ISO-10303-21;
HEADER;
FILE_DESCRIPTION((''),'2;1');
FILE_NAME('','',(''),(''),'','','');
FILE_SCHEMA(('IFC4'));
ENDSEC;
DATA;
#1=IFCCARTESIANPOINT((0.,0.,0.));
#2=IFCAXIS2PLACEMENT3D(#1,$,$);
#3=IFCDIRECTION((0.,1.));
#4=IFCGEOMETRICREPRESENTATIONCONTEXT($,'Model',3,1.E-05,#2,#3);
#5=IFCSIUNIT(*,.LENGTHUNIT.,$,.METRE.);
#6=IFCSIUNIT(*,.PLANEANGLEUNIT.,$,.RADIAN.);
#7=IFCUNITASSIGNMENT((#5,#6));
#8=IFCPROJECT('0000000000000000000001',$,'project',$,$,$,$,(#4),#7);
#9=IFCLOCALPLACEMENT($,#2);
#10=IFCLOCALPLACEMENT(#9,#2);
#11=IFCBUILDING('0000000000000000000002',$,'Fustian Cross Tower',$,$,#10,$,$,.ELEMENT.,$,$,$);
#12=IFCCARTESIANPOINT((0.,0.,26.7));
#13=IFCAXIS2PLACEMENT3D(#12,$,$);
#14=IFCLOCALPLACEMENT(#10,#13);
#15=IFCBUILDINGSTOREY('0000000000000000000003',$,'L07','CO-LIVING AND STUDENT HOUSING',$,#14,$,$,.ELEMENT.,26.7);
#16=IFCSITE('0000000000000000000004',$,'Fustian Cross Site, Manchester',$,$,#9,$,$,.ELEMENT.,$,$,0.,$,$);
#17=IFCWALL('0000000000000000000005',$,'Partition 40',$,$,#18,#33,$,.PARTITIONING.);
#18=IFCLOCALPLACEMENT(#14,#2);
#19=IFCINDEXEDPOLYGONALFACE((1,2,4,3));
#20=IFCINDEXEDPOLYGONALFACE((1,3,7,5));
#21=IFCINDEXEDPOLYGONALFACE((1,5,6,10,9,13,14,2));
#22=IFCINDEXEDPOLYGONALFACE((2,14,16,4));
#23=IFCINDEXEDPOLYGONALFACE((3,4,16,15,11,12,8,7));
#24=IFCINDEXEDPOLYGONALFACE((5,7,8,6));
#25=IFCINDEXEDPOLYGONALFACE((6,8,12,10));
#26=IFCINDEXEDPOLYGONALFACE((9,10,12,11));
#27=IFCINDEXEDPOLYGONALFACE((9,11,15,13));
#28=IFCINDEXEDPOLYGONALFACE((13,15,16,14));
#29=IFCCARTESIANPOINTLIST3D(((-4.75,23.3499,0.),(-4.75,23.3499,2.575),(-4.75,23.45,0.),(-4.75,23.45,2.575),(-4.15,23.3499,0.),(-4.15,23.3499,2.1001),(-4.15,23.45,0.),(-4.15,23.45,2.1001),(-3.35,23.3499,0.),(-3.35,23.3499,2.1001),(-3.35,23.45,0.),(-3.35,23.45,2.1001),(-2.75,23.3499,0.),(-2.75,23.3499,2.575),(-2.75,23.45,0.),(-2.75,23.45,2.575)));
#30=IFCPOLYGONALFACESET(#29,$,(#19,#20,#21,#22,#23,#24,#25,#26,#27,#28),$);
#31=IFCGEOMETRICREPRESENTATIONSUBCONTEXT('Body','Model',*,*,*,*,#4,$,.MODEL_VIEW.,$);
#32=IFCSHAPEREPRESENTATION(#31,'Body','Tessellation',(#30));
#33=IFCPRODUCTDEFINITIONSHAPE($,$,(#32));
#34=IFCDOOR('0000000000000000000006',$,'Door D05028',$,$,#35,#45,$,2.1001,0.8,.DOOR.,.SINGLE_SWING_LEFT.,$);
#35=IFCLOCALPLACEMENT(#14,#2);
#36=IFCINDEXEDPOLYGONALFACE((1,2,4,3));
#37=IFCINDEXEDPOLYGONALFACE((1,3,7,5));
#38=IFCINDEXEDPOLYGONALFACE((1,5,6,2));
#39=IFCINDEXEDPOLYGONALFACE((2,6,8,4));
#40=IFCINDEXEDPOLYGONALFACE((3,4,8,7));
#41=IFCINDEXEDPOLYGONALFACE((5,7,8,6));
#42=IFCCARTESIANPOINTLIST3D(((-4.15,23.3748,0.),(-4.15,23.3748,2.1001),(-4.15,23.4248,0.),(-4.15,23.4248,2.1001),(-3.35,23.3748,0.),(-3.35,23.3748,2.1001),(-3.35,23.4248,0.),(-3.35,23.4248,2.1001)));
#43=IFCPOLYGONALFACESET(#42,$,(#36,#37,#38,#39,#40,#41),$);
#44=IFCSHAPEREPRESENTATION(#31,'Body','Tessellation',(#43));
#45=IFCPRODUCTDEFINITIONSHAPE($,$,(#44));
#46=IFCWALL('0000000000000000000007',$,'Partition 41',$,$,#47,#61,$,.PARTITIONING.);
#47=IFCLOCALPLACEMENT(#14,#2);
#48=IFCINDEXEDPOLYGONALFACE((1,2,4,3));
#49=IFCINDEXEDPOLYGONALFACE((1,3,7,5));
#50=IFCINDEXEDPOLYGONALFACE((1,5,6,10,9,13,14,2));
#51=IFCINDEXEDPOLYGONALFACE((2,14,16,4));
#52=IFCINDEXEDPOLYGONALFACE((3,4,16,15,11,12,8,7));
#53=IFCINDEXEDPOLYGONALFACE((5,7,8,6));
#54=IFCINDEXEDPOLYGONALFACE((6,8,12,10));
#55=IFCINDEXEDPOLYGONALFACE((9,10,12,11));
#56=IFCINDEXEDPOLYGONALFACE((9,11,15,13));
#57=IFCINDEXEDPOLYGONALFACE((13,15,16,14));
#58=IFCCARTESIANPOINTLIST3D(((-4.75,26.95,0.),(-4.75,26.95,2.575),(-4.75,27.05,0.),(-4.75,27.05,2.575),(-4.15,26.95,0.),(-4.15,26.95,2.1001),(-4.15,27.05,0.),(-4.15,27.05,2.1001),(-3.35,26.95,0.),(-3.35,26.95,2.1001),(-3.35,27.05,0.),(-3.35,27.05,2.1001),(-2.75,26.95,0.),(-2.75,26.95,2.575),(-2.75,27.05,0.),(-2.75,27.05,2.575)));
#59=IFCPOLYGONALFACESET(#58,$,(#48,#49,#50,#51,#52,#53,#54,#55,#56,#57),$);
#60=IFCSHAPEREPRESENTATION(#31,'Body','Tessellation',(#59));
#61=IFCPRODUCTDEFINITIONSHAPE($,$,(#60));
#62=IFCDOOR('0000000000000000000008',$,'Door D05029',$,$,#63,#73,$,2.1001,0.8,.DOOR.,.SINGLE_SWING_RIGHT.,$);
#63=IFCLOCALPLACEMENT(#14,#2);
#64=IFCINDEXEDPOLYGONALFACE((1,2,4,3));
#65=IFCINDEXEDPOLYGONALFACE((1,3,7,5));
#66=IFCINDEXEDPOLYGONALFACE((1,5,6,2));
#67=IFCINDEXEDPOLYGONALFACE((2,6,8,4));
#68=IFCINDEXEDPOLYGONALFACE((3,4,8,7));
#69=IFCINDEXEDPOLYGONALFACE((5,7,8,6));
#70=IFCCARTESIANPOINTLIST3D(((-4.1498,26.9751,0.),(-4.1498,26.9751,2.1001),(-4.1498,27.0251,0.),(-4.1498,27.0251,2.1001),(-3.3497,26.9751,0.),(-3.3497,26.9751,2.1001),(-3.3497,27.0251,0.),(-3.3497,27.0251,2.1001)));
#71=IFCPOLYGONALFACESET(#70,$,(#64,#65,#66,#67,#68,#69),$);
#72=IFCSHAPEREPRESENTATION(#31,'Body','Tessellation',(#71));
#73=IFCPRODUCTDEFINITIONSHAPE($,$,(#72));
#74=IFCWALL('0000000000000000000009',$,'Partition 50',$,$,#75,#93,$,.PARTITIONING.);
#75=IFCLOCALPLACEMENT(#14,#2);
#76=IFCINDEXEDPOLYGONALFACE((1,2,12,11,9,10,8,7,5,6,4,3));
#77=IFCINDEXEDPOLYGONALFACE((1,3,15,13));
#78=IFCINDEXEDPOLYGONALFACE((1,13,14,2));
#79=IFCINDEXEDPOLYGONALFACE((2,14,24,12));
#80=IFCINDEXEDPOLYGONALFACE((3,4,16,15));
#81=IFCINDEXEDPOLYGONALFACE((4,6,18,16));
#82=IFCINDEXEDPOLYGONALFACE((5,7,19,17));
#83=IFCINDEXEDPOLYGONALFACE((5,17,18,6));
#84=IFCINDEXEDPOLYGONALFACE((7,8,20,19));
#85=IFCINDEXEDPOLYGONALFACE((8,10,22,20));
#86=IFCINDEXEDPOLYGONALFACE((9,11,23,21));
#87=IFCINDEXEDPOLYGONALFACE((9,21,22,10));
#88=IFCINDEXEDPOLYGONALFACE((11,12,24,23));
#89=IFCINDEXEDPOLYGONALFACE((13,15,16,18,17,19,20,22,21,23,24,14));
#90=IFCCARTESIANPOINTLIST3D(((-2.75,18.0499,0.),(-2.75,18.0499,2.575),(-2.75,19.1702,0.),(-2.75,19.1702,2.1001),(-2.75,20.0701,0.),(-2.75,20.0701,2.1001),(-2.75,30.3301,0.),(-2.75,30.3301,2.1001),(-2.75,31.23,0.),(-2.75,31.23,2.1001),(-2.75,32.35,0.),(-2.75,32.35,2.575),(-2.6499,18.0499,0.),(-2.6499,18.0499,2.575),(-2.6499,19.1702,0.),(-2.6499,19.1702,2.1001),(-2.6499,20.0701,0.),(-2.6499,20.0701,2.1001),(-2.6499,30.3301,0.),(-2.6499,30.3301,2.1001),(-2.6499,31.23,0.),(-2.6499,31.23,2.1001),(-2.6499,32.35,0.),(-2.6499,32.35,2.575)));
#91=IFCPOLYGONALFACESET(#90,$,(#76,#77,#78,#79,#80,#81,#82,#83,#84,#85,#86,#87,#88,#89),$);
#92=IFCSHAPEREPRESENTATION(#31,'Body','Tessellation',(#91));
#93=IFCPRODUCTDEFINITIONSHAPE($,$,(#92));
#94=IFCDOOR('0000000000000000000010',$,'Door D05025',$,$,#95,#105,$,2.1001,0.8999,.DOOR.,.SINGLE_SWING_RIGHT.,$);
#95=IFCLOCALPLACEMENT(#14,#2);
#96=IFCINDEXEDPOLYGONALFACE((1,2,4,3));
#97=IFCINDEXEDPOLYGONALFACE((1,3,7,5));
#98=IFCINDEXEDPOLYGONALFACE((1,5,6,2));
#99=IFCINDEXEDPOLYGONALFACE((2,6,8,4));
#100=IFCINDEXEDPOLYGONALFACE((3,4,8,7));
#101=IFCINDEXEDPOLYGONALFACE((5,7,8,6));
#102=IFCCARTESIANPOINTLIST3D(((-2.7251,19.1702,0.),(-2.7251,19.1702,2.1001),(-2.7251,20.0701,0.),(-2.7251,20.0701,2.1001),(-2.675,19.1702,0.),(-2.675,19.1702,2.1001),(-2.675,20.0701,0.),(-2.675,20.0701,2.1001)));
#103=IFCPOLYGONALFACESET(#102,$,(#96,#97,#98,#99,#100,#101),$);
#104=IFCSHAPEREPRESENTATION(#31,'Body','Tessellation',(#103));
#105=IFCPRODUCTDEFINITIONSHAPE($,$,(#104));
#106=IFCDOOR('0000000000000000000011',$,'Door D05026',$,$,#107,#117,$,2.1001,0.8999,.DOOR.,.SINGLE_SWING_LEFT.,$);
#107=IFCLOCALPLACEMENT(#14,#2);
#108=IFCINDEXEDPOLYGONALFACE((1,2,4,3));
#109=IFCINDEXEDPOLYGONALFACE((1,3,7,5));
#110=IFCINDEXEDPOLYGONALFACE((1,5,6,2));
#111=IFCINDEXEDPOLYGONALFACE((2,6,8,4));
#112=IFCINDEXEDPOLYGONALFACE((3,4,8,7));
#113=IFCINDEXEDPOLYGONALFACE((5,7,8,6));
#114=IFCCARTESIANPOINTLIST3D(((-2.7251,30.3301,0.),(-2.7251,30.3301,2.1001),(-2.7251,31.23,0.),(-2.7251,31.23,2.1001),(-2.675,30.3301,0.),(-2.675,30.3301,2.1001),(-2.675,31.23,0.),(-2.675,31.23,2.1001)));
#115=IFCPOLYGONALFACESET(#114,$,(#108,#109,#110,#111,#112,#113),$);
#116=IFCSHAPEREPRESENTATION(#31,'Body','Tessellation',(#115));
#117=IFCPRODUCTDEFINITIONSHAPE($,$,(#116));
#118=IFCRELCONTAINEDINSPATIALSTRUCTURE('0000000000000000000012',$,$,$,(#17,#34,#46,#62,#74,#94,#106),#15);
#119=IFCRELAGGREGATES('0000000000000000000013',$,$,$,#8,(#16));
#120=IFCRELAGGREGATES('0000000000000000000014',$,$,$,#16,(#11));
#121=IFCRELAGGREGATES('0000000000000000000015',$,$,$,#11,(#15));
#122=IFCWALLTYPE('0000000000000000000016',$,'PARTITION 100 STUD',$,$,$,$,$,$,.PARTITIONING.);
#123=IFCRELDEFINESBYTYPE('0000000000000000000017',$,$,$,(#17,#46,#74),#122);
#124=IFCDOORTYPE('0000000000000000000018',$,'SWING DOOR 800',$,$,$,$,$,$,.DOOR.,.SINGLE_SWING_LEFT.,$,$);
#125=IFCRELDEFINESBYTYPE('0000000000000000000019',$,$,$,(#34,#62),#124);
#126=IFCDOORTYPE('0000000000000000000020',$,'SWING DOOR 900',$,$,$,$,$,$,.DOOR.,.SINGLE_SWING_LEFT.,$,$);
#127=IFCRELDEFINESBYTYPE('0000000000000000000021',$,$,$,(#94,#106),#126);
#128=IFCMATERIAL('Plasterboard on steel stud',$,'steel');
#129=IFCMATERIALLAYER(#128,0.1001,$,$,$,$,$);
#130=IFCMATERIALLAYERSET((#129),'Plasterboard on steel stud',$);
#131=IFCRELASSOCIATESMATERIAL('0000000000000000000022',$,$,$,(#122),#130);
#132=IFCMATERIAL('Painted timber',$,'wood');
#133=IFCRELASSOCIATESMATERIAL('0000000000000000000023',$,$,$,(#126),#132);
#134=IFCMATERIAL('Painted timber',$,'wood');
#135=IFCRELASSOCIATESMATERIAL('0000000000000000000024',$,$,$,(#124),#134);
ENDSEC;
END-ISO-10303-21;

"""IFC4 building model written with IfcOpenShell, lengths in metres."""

from ifc_helpers import new_model, si_unit, direction, frame, frame_2d, origin, place, context, subcontext, project, spatial, rectangle, extrude, material, layer, layer_set, type_object, element, fill, save


model = new_model("IFC4")

# Units and contexts
model_context = context("Model", 3, precision=1e-05, world=origin(), true_north=direction((0.0, 1.0)))
body_context = subcontext(model_context, "Body", "Model", "MODEL_VIEW")
ifc_project = project(units=[si_unit("LENGTHUNIT", "METRE"), si_unit("PLANEANGLEUNIT", "RADIAN")], contexts=[model_context])

# Site, building, storey
site_placement = place(None, origin())
site = spatial("IfcSite", under=ifc_project, at=site_placement, Name="Fustian Cross Site, Manchester", CompositionType="ELEMENT", RefElevation=0.0)
building_placement = place(site_placement, origin())
building = spatial("IfcBuilding", under=site, at=building_placement, Name="Fustian Cross Tower", CompositionType="ELEMENT")
storey_placement = place(building_placement, frame((0.0, 0.0, 26.7)))
storey = spatial("IfcBuildingStorey", under=building, at=storey_placement, Name="L07", Description="CO-LIVING AND STUDENT HOUSING", CompositionType="ELEMENT", Elevation=26.7)

# Shared definitions
ifc_material_1 = material(Name="Plasterboard on steel stud", Category="steel")
ifc_layer = layer(ifc_material_1, 0.1001)
ifc_layer_set = layer_set([ifc_layer], Name="Plasterboard on steel stud")
wall_type = type_object("IfcWallType", Name="PARTITION 100 STUD", PredefinedType="PARTITIONING", material=ifc_layer_set)
ifc_material_2 = material(Name="Painted timber", Category="wood")
door_type_1 = type_object("IfcDoorType", Name="SWING DOOR 900", OperationType="SINGLE_SWING_LEFT", PredefinedType="DOOR", material=ifc_material_2)

# Shared definitions
ifc_material_3 = material(Name="Painted timber", Category="wood")
door_type_2 = type_object("IfcDoorType", Name="SWING DOOR 800", OperationType="SINGLE_SWING_LEFT", PredefinedType="DOOR", material=ifc_material_3)

# Walls, openings, doors
wall_1_placement = place(storey_placement, frame((-4.75, 23.3999, 0.0), z_axis=(0.0, 0.0, 1.0), x_axis=(1.0, 0.0, 0.0)))
wall_1 = element("IfcWall", 1, at=wall_1_placement, inside=storey, type_object=wall_type, Name="Partition 40", PredefinedType="PARTITIONING", context=body_context, shape_type="SweptSolid", body=[
    extrude(rectangle(XDim=2.0, YDim=0.1001, at=frame_2d((1.0, 0.0))), origin(), (0.0, 0.0, 1.0), 2.575),
])
opening_1_placement = place(wall_1_placement, frame((0.6001, 0.0, 0.0)))
opening_1 = element("IfcOpeningElement", 2, at=opening_1_placement, cuts=wall_1, PredefinedType="OPENING", context=body_context, shape_type="SweptSolid", body=[
    extrude(rectangle(XDim=0.8, YDim=2.1001, at=frame_2d((0.3999, 1.05))), frame((0.0, 0.0601, 0.0), z_axis=(0.0, -1.0, 0.0), x_axis=(1.0, 0.0, 0.0)), (0.0, 0.0, 1.0), 0.1201),
])
door_1_placement = place(opening_1_placement, origin())
door_1 = element("IfcDoor", 3, at=door_1_placement, inside=storey, type_object=door_type_2, Name="Door D05028", OperationType="SINGLE_SWING_LEFT", OverallHeight=2.1001, OverallWidth=0.8, PredefinedType="DOOR", context=body_context, shape_type="SweptSolid", body=[
    extrude(rectangle(XDim=0.8, YDim=2.1001, at=frame_2d((0.3999, 1.05))), frame((0.0, 0.0249, 0.0), z_axis=(0.0, -1.0, 0.0), x_axis=(1.0, 0.0, 0.0)), (0.0, 0.0, 1.0), 0.05),
])
fill(opening_1, door_1)
wall_2_placement = place(storey_placement, frame((-4.75, 27.0, 0.0), z_axis=(0.0, 0.0, 1.0), x_axis=(1.0, 0.0, 0.0)))
wall_2 = element("IfcWall", 4, at=wall_2_placement, inside=storey, type_object=wall_type, Name="Partition 41", PredefinedType="PARTITIONING", context=body_context, shape_type="SweptSolid", body=[
    extrude(rectangle(XDim=2.0, YDim=0.1001, at=frame_2d((1.0, 0.0))), origin(), (0.0, 0.0, 1.0), 2.575),
])
opening_2_placement = place(wall_2_placement, frame((0.6001, 0.0, 0.0)))
opening_2 = element("IfcOpeningElement", 5, at=opening_2_placement, cuts=wall_2, PredefinedType="OPENING", context=body_context, shape_type="SweptSolid", body=[
    extrude(rectangle(XDim=0.8, YDim=2.1001, at=frame_2d((0.3999, 1.05))), frame((0.0, 0.0601, 0.0), z_axis=(0.0, -1.0, 0.0), x_axis=(1.0, 0.0, 0.0)), (0.0, 0.0, 1.0), 0.1201),
])
door_2_placement = place(opening_2_placement, frame((0.8, 0.0, 0.0), z_axis=(0.0, 0.0, 1.0), x_axis=(-1.0, 0.0, 0.0)))
door_2 = element("IfcDoor", 6, at=door_2_placement, inside=storey, type_object=door_type_2, Name="Door D05029", OperationType="SINGLE_SWING_RIGHT", OverallHeight=2.1001, OverallWidth=0.8, PredefinedType="DOOR", context=body_context, shape_type="SweptSolid", body=[
    extrude(rectangle(XDim=0.8, YDim=2.1001, at=frame_2d((0.3999, 1.05))), frame((0.0, 0.0249, 0.0), z_axis=(0.0, -1.0, 0.0), x_axis=(1.0, 0.0, 0.0)), (0.0, 0.0, 1.0), 0.05),
])
fill(opening_2, door_2)

# Wall, openings, doors
wall_3_placement = place(storey_placement, frame((-2.7, 18.05, 0.0), z_axis=(0.0, 0.0, 1.0), x_axis=(0.0, 1.0, 0.0)))
wall_3 = element("IfcWall", 7, at=wall_3_placement, inside=storey, type_object=wall_type, Name="Partition 50", PredefinedType="PARTITIONING", context=body_context, shape_type="SweptSolid", body=[
    extrude(rectangle(XDim=14.3, YDim=0.1001, at=frame_2d((7.1499, 0.0))), origin(), (0.0, 0.0, 1.0), 2.575),
])
opening_3_placement = place(wall_3_placement, frame((1.1201, 0.0, 0.0)))
opening_3 = element("IfcOpeningElement", 8, at=opening_3_placement, cuts=wall_3, PredefinedType="OPENING", context=body_context, shape_type="SweptSolid", body=[
    extrude(rectangle(XDim=0.8999, YDim=2.1001, at=frame_2d((0.45, 1.05))), frame((0.0, 0.0601, 0.0), z_axis=(0.0, -1.0, 0.0), x_axis=(1.0, 0.0, 0.0)), (0.0, 0.0, 1.0), 0.1201),
])
opening_4_placement = place(wall_3_placement, frame((12.28, 0.0, 0.0)))
opening_4 = element("IfcOpeningElement", 9, at=opening_4_placement, cuts=wall_3, PredefinedType="OPENING", context=body_context, shape_type="SweptSolid", body=[
    extrude(rectangle(XDim=0.8999, YDim=2.1001, at=frame_2d((0.45, 1.05))), frame((0.0, 0.0601, 0.0), z_axis=(0.0, -1.0, 0.0), x_axis=(1.0, 0.0, 0.0)), (0.0, 0.0, 1.0), 0.1201),
])
door_3_placement = place(opening_3_placement, frame((0.8999, 0.0, 0.0), z_axis=(0.0, 0.0, 1.0), x_axis=(-1.0, 0.0, 0.0)))
door_3 = element("IfcDoor", 10, at=door_3_placement, inside=storey, type_object=door_type_1, Name="Door D05025", OperationType="SINGLE_SWING_RIGHT", OverallHeight=2.1001, OverallWidth=0.8999, PredefinedType="DOOR", context=body_context, shape_type="SweptSolid", body=[
    extrude(rectangle(XDim=0.8999, YDim=2.1001, at=frame_2d((0.45, 1.05))), frame((0.0, 0.0249, 0.0), z_axis=(0.0, -1.0, 0.0), x_axis=(1.0, 0.0, 0.0)), (0.0, 0.0, 1.0), 0.05),
])
fill(opening_3, door_3)
door_4_placement = place(opening_4_placement, frame((0.8999, 0.0, 0.0), z_axis=(0.0, 0.0, 1.0), x_axis=(-1.0, 0.0, 0.0)))
door_4 = element("IfcDoor", 11, at=door_4_placement, inside=storey, type_object=door_type_1, Name="Door D05026", OperationType="SINGLE_SWING_LEFT", OverallHeight=2.1001, OverallWidth=0.8999, PredefinedType="DOOR", context=body_context, shape_type="SweptSolid", body=[
    extrude(rectangle(XDim=0.8999, YDim=2.1001, at=frame_2d((0.45, 1.05))), frame((0.0, 0.0249, 0.0), z_axis=(0.0, -1.0, 0.0), x_axis=(1.0, 0.0, 0.0)), (0.0, 0.0, 1.0), 0.05),
])
fill(opening_4, door_4)

save(model, "model.ifc")
